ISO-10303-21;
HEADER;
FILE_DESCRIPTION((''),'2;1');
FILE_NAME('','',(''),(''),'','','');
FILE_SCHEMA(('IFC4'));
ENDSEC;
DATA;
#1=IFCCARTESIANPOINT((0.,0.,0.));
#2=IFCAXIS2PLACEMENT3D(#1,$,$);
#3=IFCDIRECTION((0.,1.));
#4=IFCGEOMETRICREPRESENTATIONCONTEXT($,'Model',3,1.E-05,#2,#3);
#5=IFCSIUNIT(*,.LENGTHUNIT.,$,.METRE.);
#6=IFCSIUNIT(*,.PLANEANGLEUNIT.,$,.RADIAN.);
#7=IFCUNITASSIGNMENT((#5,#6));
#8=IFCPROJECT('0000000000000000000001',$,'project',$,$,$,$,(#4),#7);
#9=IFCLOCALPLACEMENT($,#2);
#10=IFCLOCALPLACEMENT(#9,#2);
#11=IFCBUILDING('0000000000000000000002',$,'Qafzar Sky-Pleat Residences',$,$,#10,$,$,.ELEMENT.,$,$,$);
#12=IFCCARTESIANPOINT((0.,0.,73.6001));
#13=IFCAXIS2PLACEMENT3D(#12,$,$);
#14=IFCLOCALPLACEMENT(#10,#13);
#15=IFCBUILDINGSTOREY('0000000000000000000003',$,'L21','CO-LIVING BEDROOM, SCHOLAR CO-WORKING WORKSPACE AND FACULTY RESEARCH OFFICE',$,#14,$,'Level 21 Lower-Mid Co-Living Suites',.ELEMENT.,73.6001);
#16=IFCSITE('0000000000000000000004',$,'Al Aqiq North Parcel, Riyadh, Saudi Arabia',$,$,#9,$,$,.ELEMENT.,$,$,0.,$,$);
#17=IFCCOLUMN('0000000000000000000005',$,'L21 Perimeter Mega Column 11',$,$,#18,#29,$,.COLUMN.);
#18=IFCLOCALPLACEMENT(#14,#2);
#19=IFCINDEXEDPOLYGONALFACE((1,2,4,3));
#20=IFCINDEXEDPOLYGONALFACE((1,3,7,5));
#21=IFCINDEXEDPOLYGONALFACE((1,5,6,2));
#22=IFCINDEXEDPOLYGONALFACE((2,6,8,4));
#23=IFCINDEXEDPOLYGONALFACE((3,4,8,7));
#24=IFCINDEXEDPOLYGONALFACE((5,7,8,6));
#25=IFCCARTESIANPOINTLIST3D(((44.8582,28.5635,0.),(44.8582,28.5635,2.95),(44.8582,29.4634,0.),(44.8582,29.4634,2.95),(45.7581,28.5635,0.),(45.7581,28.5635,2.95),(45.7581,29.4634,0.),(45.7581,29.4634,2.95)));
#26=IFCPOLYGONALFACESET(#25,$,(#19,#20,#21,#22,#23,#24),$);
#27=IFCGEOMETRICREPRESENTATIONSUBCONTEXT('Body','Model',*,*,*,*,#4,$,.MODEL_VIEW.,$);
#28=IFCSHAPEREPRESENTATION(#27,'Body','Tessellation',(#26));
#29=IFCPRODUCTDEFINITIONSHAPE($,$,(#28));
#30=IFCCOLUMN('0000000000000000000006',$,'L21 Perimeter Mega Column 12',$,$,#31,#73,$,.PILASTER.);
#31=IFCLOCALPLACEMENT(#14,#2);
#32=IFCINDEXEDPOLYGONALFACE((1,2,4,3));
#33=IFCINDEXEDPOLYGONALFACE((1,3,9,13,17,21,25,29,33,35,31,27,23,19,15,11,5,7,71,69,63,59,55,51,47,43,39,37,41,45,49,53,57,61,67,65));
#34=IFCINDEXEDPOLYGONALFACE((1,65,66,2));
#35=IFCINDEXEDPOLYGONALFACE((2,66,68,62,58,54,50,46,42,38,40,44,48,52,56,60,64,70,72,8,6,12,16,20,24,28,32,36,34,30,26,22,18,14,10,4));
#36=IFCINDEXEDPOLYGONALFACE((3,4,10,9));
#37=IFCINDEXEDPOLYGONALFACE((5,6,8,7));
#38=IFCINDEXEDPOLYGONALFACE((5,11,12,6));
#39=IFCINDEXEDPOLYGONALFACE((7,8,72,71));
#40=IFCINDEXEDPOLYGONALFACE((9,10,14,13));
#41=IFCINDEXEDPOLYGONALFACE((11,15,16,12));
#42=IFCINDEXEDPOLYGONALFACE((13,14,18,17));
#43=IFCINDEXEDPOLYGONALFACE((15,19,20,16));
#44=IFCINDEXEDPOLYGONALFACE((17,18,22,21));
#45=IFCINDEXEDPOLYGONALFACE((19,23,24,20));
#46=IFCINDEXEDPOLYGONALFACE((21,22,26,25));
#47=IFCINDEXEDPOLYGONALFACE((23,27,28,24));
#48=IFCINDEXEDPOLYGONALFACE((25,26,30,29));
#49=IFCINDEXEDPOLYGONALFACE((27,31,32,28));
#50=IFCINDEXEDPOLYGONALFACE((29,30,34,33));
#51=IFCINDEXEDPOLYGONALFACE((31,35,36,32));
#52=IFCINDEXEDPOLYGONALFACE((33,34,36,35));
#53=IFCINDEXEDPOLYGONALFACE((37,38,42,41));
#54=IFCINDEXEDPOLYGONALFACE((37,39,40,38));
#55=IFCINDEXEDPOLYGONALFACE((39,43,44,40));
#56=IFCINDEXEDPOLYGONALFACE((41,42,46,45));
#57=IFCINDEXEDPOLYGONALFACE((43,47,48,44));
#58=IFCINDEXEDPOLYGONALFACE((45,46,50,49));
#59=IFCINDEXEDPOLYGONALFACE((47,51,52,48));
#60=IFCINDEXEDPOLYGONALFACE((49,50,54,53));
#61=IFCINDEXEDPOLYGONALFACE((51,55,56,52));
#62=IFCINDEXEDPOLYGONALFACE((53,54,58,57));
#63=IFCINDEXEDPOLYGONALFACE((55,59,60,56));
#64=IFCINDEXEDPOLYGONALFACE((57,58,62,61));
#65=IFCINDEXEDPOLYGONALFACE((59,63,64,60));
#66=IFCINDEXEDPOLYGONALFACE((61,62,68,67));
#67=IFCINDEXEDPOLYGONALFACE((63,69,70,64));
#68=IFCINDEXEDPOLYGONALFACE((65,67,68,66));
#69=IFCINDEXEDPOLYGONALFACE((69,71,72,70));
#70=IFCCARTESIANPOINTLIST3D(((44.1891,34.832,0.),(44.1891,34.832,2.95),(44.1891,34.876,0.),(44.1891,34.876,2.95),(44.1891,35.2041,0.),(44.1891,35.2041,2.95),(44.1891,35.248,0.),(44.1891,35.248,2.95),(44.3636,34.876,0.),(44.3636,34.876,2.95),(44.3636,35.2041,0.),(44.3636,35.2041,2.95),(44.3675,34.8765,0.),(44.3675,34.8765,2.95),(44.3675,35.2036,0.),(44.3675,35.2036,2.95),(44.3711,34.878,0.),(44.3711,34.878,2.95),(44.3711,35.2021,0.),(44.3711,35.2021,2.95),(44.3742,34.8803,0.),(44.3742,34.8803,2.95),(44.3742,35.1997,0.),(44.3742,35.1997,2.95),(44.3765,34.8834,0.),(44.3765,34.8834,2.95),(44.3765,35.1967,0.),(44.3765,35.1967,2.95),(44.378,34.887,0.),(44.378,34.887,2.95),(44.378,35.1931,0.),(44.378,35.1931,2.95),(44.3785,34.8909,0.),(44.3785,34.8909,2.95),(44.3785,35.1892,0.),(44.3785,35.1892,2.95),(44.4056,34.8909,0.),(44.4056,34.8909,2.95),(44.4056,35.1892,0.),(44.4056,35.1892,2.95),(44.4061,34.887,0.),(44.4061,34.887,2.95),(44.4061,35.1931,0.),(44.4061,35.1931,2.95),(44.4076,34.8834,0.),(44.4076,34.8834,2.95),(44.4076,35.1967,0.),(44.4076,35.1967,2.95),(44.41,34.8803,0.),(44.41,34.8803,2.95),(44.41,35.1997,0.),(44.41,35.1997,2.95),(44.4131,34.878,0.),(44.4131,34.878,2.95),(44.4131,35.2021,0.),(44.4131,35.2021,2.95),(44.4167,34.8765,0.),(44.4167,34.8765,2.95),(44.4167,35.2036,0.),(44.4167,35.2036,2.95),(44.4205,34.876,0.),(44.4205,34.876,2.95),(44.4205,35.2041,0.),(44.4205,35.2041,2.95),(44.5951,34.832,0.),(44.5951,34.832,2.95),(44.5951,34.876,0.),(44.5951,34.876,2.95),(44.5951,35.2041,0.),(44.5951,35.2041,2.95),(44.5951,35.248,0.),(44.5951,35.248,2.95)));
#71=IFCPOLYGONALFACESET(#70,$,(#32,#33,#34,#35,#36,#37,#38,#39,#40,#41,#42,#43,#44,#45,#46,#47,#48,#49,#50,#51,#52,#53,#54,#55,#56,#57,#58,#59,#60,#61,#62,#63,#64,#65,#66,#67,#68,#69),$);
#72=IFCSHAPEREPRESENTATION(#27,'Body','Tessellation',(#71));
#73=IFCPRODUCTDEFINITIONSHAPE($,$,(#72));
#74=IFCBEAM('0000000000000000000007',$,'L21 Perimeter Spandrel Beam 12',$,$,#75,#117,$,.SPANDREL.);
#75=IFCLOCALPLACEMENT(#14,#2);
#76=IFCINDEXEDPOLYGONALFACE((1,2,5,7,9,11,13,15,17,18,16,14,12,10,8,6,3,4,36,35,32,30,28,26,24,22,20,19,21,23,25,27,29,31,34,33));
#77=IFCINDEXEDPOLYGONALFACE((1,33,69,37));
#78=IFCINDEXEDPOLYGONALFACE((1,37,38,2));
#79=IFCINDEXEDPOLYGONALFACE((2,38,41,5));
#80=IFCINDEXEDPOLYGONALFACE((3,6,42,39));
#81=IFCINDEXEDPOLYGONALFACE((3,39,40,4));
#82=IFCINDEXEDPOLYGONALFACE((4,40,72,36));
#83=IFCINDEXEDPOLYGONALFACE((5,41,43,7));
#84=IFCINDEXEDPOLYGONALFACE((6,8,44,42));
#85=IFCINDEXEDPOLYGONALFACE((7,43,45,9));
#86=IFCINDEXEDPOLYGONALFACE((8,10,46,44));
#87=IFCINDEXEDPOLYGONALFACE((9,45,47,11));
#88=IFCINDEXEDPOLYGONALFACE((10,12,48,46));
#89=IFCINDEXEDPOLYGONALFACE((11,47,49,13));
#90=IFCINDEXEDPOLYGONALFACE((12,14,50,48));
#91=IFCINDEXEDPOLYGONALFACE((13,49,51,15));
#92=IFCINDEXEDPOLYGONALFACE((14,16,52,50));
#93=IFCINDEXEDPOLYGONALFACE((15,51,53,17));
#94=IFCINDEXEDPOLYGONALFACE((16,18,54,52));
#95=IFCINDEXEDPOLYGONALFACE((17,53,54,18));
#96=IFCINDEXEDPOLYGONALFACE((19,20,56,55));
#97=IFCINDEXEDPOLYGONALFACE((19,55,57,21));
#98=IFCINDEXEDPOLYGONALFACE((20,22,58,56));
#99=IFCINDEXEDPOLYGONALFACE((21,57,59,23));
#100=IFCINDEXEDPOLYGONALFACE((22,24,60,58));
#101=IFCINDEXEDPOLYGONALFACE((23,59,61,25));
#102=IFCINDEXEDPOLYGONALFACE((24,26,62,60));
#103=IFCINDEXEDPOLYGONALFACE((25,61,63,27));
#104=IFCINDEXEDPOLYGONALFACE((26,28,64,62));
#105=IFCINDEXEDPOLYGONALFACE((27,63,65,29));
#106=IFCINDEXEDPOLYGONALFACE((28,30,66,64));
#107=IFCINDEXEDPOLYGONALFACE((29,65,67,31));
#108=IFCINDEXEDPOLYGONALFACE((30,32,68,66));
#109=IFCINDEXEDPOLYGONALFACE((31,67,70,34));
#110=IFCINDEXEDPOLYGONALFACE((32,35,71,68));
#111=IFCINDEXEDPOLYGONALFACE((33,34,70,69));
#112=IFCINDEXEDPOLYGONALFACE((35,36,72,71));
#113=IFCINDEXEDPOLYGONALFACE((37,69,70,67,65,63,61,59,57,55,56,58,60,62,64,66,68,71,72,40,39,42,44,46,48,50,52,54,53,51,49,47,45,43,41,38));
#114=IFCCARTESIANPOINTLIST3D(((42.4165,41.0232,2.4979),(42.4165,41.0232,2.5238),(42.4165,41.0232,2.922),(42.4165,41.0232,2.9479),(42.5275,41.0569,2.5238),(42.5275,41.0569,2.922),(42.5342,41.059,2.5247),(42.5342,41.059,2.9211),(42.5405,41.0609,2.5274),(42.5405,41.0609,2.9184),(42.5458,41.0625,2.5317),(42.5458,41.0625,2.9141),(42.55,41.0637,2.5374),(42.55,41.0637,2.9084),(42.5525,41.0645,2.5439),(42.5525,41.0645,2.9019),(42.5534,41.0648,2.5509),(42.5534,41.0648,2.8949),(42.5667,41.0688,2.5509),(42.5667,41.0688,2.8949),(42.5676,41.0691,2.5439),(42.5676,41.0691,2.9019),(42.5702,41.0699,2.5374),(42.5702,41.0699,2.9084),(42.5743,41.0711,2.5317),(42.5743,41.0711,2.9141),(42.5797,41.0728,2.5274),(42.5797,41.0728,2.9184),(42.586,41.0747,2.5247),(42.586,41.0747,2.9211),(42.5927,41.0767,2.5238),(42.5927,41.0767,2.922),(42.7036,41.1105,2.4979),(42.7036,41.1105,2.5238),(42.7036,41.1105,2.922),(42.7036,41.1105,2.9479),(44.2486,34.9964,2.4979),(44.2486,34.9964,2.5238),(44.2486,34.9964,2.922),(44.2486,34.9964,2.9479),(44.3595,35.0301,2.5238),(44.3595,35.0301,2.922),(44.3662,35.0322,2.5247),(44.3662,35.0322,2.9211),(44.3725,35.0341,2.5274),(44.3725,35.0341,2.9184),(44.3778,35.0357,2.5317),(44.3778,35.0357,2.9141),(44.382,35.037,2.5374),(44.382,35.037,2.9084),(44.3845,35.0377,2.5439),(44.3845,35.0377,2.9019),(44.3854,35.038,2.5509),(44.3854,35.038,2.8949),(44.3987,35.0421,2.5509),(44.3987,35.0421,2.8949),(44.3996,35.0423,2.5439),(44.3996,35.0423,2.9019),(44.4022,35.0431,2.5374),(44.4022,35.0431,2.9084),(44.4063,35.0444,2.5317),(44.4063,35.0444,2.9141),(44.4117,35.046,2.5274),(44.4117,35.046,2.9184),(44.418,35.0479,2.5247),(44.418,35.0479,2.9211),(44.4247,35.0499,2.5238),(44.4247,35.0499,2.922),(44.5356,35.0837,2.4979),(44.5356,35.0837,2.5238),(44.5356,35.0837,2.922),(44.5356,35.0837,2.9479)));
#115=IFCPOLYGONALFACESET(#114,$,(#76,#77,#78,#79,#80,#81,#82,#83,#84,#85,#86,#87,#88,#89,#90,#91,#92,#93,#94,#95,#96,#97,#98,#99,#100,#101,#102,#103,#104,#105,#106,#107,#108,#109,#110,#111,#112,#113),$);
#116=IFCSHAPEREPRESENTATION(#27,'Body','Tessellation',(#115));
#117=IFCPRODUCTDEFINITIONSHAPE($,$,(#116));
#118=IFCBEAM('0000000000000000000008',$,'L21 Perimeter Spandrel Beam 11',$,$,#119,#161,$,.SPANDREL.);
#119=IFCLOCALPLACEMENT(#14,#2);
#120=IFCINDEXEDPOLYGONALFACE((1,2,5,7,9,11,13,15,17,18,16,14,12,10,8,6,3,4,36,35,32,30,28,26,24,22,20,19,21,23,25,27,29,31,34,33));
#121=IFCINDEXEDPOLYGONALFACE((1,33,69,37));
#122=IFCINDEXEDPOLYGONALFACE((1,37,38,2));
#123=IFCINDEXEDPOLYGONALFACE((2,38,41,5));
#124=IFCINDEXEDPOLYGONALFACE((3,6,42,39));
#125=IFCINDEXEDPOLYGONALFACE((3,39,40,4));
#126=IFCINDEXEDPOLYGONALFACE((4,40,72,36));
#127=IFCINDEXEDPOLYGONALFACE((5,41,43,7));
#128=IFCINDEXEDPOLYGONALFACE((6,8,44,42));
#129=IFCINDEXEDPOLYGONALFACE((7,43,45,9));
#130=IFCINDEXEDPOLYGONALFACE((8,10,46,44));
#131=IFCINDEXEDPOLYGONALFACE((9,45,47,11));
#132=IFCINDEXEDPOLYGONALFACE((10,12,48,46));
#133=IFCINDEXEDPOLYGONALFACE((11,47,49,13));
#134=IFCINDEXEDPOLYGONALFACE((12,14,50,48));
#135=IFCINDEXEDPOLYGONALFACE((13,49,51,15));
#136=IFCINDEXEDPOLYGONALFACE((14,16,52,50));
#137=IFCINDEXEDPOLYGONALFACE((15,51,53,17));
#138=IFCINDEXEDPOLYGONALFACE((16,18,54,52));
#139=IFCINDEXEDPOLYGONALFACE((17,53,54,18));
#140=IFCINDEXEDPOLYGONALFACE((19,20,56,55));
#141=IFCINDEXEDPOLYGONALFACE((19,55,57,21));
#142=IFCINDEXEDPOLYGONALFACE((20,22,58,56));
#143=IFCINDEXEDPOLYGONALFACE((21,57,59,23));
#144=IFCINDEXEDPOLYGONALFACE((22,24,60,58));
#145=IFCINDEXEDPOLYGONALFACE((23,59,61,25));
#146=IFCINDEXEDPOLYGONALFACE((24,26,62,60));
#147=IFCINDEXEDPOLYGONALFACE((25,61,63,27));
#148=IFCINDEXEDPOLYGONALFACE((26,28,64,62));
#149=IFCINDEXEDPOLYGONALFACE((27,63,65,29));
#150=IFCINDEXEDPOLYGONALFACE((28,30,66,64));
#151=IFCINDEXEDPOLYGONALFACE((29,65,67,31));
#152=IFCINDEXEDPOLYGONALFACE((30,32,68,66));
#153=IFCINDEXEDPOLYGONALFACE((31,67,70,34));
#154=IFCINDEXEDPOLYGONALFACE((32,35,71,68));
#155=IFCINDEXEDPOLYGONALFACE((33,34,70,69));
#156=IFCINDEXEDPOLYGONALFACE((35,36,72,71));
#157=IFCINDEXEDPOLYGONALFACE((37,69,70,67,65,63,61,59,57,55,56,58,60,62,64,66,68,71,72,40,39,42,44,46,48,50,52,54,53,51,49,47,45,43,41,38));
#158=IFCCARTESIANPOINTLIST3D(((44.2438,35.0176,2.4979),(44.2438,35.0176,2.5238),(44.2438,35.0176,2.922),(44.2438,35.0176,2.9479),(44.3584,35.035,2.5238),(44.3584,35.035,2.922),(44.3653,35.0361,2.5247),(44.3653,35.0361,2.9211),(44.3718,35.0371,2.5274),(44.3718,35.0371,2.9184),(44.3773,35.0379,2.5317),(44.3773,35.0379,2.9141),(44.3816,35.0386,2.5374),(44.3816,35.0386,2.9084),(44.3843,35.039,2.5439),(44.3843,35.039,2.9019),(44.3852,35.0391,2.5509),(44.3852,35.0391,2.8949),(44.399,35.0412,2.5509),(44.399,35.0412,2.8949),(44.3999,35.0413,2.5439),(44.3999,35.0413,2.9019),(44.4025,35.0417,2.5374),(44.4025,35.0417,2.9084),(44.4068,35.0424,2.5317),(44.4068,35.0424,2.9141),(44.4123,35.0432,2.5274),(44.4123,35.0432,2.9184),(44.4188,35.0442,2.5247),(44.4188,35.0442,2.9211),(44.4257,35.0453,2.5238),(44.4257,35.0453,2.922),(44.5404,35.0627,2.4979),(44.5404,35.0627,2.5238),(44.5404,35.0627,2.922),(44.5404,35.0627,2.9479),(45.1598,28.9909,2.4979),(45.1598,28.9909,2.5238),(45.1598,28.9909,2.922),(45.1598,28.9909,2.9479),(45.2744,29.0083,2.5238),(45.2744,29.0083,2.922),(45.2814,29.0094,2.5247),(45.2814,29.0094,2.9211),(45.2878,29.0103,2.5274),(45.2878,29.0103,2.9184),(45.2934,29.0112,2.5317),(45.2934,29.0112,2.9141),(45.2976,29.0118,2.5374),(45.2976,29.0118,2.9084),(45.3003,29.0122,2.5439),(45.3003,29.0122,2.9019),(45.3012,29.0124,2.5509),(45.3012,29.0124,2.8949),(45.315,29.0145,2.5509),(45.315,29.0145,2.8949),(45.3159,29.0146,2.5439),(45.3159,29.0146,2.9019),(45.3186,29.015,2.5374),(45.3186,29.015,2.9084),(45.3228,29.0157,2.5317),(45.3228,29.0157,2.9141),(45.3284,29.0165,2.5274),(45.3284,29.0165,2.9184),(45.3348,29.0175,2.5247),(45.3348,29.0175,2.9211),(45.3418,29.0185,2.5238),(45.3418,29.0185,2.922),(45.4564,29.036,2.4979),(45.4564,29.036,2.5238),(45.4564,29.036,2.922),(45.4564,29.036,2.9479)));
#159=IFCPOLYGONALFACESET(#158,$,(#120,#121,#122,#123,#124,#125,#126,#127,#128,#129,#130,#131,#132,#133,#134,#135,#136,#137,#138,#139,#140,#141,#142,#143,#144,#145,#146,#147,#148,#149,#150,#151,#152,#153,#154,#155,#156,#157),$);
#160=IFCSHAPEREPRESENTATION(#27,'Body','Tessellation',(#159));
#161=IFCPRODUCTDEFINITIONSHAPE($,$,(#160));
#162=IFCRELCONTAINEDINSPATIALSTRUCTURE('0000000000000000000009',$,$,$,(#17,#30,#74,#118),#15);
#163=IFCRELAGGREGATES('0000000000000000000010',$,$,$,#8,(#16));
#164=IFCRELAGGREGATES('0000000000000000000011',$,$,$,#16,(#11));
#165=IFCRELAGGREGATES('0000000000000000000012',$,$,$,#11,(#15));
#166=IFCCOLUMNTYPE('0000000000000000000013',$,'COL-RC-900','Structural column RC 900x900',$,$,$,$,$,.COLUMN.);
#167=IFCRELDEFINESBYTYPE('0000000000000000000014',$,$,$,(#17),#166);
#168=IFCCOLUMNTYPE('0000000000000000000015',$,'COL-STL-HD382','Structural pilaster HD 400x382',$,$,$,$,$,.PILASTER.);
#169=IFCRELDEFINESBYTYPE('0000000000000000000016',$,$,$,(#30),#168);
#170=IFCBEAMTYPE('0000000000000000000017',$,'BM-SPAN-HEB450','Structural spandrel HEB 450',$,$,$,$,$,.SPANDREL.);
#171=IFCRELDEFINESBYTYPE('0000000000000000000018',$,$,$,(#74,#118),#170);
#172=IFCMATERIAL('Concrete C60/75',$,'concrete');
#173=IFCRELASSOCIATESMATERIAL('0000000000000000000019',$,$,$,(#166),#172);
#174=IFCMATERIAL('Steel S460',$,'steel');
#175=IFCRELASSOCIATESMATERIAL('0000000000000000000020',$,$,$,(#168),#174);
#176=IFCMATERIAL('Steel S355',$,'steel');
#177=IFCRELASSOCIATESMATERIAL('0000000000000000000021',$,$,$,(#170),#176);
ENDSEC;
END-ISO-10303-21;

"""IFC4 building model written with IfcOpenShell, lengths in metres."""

from ifc_helpers import new_model, si_unit, direction, frame, origin, origin_2d, place, context, subcontext, project, spatial, rectangle, i_section, extrude, source, transform, mapped, material, material_profile, profile_set, type_object, element, save


model = new_model("IFC4")

# Units and contexts
model_context = context("Model", 3, precision=1e-05, world=origin(), true_north=direction((0.0, 1.0)))
body_context = subcontext(model_context, "Body", "Model", "MODEL_VIEW")
ifc_project = project(units=[si_unit("LENGTHUNIT", "METRE"), si_unit("PLANEANGLEUNIT", "RADIAN")], contexts=[model_context])

# Site, building, storey
site_placement = place(None, origin())
site = spatial("IfcSite", under=ifc_project, at=site_placement, Name="Al Aqiq North Parcel, Riyadh, Saudi Arabia", CompositionType="ELEMENT", RefElevation=0.0)
building_placement = place(site_placement, origin())
building = spatial("IfcBuilding", under=site, at=building_placement, Name="Qafzar Sky-Pleat Residences", CompositionType="ELEMENT")
storey_placement = place(building_placement, frame((0.0, 0.0, 73.6001)))
storey = spatial("IfcBuildingStorey", under=building, at=storey_placement, Name="L21", Description="CO-LIVING BEDROOM, SCHOLAR CO-WORKING WORKSPACE AND FACULTY RESEARCH OFFICE", LongName="Level 21 Lower-Mid Co-Living Suites", CompositionType="ELEMENT", Elevation=73.6001)

# Columns
ifc_material_1 = material(Name="Concrete C60/75", Category="concrete")
ifc_material_profile_1 = material_profile(ifc_material_1, rectangle(XDim=0.8999, YDim=0.8999, at=origin_2d()), Name="RC 900x900")
ifc_profile_set_1 = profile_set([ifc_material_profile_1], Name="Concrete C60/75")
column_type_1 = type_object("IfcColumnType", Name="COL-RC-900", Description="Structural column RC 900x900", PredefinedType="COLUMN", material=ifc_profile_set_1)
shared_shape_1 = source(origin(), body_context, "Body", "SweptSolid", [
    extrude(rectangle(XDim=0.8999, YDim=0.8999, at=origin_2d()), origin(), (0.0, 0.0, 1.0), 2.95),
])
column_1_placement = place(storey_placement, frame((45.3081, 29.0134, 0.0), z_axis=(0.0, 0.0, 1.0), x_axis=(1.0, 0.0, 0.0)))
element("IfcColumn", 1, at=column_1_placement, inside=storey, type_object=column_type_1, Name="L21 Perimeter Mega Column 11", PredefinedType="COLUMN", context=body_context, shape_type="MappedRepresentation", body=[
    mapped(shared_shape_1, transform((0.0, 0.0, 0.0), x_axis=(1.0, 0.0, 0.0), y_axis=(0.0, 1.0, 0.0), z_axis=(0.0, 0.0, 1.0), scale=1.0)),
])
ifc_material_2 = material(Name="Steel S460", Category="steel")
ifc_material_profile_2 = material_profile(ifc_material_2, i_section(OverallWidth=0.406, OverallDepth=0.416, WebThickness=0.0271, FlangeThickness=0.0439, FilletRadius=0.0149, at=origin_2d()), Name="HD 400x382")
ifc_profile_set_2 = profile_set([ifc_material_profile_2], Name="Steel S460")
column_type_2 = type_object("IfcColumnType", Name="COL-STL-HD382", Description="Structural pilaster HD 400x382", PredefinedType="PILASTER", material=ifc_profile_set_2)
shared_shape_2 = source(origin(), body_context, "Body", "SweptSolid", [
    extrude(i_section(OverallWidth=0.406, OverallDepth=0.416, WebThickness=0.0271, FlangeThickness=0.0439, FilletRadius=0.0149, at=origin_2d()), origin(), (0.0, 0.0, 1.0), 2.95),
])
column_2_placement = place(storey_placement, frame((44.3921, 35.04, 0.0), z_axis=(0.0, 0.0, 1.0), x_axis=(1.0, 0.0, 0.0)))
element("IfcColumn", 2, at=column_2_placement, inside=storey, type_object=column_type_2, Name="L21 Perimeter Mega Column 12", PredefinedType="PILASTER", context=body_context, shape_type="MappedRepresentation", body=[
    mapped(shared_shape_2, transform((0.0, 0.0, 0.0), x_axis=(1.0, 0.0, 0.0), y_axis=(0.0, 1.0, 0.0), z_axis=(0.0, 0.0, 1.0), scale=1.0)),
])

# Beams
ifc_material_3 = material(Name="Steel S355", Category="steel")
ifc_material_profile_3 = material_profile(ifc_material_3, i_section(OverallWidth=0.3, OverallDepth=0.45, WebThickness=0.0139, FlangeThickness=0.0259, FilletRadius=0.0271, at=origin_2d()), Name="HEB 450")
ifc_profile_set_3 = profile_set([ifc_material_profile_3], Name="Steel S355")
beam_type_1 = type_object("IfcBeamType", Name="BM-SPAN-HEB450", Description="Structural spandrel HEB 450", PredefinedType="SPANDREL", material=ifc_profile_set_3)
shared_shape_3 = source(origin(), body_context, "Body", "SweptSolid", [
    extrude(i_section(OverallWidth=0.3, OverallDepth=0.45, WebThickness=0.0139, FlangeThickness=0.0259, FilletRadius=0.0271, at=origin_2d()), origin(), (0.0, 0.0, 1.0), 6.2991),
])
beam_1_placement = place(storey_placement, frame((44.3921, 35.04, 2.7229), z_axis=(-0.290838, 0.956772, 0.0), x_axis=(-0.956772, -0.290838, 0.0)))
element("IfcBeam", 3, at=beam_1_placement, inside=storey, type_object=beam_type_1, Name="L21 Perimeter Spandrel Beam 12", PredefinedType="SPANDREL", context=body_context, shape_type="MappedRepresentation", body=[
    mapped(shared_shape_3, transform((0.0, 0.0, 0.0), x_axis=(1.0, 0.0, 0.0), y_axis=(0.0, 1.0, 0.0), z_axis=(0.0, 0.0, 1.0), scale=1.0)),
])
shared_shape_4 = source(origin(), body_context, "Body", "SweptSolid", [
    extrude(i_section(OverallWidth=0.3, OverallDepth=0.45, WebThickness=0.0139, FlangeThickness=0.0259, FilletRadius=0.0271, at=origin_2d()), origin(), (0.0, 0.0, 1.0), 6.0959),
])
beam_2_placement = place(storey_placement, frame((45.3081, 29.0134, 2.7229), z_axis=(-0.150269, 0.988645, 0.0), x_axis=(-0.988645, -0.150269, 0.0)))
element("IfcBeam", 4, at=beam_2_placement, inside=storey, type_object=beam_type_1, Name="L21 Perimeter Spandrel Beam 11", PredefinedType="SPANDREL", context=body_context, shape_type="MappedRepresentation", body=[
    mapped(shared_shape_4, transform((0.0, 0.0, 0.0), x_axis=(1.0, 0.0, 0.0), y_axis=(0.0, 1.0, 0.0), z_axis=(0.0, 0.0, 1.0), scale=1.0)),
])

save(model, "model.ifc")
